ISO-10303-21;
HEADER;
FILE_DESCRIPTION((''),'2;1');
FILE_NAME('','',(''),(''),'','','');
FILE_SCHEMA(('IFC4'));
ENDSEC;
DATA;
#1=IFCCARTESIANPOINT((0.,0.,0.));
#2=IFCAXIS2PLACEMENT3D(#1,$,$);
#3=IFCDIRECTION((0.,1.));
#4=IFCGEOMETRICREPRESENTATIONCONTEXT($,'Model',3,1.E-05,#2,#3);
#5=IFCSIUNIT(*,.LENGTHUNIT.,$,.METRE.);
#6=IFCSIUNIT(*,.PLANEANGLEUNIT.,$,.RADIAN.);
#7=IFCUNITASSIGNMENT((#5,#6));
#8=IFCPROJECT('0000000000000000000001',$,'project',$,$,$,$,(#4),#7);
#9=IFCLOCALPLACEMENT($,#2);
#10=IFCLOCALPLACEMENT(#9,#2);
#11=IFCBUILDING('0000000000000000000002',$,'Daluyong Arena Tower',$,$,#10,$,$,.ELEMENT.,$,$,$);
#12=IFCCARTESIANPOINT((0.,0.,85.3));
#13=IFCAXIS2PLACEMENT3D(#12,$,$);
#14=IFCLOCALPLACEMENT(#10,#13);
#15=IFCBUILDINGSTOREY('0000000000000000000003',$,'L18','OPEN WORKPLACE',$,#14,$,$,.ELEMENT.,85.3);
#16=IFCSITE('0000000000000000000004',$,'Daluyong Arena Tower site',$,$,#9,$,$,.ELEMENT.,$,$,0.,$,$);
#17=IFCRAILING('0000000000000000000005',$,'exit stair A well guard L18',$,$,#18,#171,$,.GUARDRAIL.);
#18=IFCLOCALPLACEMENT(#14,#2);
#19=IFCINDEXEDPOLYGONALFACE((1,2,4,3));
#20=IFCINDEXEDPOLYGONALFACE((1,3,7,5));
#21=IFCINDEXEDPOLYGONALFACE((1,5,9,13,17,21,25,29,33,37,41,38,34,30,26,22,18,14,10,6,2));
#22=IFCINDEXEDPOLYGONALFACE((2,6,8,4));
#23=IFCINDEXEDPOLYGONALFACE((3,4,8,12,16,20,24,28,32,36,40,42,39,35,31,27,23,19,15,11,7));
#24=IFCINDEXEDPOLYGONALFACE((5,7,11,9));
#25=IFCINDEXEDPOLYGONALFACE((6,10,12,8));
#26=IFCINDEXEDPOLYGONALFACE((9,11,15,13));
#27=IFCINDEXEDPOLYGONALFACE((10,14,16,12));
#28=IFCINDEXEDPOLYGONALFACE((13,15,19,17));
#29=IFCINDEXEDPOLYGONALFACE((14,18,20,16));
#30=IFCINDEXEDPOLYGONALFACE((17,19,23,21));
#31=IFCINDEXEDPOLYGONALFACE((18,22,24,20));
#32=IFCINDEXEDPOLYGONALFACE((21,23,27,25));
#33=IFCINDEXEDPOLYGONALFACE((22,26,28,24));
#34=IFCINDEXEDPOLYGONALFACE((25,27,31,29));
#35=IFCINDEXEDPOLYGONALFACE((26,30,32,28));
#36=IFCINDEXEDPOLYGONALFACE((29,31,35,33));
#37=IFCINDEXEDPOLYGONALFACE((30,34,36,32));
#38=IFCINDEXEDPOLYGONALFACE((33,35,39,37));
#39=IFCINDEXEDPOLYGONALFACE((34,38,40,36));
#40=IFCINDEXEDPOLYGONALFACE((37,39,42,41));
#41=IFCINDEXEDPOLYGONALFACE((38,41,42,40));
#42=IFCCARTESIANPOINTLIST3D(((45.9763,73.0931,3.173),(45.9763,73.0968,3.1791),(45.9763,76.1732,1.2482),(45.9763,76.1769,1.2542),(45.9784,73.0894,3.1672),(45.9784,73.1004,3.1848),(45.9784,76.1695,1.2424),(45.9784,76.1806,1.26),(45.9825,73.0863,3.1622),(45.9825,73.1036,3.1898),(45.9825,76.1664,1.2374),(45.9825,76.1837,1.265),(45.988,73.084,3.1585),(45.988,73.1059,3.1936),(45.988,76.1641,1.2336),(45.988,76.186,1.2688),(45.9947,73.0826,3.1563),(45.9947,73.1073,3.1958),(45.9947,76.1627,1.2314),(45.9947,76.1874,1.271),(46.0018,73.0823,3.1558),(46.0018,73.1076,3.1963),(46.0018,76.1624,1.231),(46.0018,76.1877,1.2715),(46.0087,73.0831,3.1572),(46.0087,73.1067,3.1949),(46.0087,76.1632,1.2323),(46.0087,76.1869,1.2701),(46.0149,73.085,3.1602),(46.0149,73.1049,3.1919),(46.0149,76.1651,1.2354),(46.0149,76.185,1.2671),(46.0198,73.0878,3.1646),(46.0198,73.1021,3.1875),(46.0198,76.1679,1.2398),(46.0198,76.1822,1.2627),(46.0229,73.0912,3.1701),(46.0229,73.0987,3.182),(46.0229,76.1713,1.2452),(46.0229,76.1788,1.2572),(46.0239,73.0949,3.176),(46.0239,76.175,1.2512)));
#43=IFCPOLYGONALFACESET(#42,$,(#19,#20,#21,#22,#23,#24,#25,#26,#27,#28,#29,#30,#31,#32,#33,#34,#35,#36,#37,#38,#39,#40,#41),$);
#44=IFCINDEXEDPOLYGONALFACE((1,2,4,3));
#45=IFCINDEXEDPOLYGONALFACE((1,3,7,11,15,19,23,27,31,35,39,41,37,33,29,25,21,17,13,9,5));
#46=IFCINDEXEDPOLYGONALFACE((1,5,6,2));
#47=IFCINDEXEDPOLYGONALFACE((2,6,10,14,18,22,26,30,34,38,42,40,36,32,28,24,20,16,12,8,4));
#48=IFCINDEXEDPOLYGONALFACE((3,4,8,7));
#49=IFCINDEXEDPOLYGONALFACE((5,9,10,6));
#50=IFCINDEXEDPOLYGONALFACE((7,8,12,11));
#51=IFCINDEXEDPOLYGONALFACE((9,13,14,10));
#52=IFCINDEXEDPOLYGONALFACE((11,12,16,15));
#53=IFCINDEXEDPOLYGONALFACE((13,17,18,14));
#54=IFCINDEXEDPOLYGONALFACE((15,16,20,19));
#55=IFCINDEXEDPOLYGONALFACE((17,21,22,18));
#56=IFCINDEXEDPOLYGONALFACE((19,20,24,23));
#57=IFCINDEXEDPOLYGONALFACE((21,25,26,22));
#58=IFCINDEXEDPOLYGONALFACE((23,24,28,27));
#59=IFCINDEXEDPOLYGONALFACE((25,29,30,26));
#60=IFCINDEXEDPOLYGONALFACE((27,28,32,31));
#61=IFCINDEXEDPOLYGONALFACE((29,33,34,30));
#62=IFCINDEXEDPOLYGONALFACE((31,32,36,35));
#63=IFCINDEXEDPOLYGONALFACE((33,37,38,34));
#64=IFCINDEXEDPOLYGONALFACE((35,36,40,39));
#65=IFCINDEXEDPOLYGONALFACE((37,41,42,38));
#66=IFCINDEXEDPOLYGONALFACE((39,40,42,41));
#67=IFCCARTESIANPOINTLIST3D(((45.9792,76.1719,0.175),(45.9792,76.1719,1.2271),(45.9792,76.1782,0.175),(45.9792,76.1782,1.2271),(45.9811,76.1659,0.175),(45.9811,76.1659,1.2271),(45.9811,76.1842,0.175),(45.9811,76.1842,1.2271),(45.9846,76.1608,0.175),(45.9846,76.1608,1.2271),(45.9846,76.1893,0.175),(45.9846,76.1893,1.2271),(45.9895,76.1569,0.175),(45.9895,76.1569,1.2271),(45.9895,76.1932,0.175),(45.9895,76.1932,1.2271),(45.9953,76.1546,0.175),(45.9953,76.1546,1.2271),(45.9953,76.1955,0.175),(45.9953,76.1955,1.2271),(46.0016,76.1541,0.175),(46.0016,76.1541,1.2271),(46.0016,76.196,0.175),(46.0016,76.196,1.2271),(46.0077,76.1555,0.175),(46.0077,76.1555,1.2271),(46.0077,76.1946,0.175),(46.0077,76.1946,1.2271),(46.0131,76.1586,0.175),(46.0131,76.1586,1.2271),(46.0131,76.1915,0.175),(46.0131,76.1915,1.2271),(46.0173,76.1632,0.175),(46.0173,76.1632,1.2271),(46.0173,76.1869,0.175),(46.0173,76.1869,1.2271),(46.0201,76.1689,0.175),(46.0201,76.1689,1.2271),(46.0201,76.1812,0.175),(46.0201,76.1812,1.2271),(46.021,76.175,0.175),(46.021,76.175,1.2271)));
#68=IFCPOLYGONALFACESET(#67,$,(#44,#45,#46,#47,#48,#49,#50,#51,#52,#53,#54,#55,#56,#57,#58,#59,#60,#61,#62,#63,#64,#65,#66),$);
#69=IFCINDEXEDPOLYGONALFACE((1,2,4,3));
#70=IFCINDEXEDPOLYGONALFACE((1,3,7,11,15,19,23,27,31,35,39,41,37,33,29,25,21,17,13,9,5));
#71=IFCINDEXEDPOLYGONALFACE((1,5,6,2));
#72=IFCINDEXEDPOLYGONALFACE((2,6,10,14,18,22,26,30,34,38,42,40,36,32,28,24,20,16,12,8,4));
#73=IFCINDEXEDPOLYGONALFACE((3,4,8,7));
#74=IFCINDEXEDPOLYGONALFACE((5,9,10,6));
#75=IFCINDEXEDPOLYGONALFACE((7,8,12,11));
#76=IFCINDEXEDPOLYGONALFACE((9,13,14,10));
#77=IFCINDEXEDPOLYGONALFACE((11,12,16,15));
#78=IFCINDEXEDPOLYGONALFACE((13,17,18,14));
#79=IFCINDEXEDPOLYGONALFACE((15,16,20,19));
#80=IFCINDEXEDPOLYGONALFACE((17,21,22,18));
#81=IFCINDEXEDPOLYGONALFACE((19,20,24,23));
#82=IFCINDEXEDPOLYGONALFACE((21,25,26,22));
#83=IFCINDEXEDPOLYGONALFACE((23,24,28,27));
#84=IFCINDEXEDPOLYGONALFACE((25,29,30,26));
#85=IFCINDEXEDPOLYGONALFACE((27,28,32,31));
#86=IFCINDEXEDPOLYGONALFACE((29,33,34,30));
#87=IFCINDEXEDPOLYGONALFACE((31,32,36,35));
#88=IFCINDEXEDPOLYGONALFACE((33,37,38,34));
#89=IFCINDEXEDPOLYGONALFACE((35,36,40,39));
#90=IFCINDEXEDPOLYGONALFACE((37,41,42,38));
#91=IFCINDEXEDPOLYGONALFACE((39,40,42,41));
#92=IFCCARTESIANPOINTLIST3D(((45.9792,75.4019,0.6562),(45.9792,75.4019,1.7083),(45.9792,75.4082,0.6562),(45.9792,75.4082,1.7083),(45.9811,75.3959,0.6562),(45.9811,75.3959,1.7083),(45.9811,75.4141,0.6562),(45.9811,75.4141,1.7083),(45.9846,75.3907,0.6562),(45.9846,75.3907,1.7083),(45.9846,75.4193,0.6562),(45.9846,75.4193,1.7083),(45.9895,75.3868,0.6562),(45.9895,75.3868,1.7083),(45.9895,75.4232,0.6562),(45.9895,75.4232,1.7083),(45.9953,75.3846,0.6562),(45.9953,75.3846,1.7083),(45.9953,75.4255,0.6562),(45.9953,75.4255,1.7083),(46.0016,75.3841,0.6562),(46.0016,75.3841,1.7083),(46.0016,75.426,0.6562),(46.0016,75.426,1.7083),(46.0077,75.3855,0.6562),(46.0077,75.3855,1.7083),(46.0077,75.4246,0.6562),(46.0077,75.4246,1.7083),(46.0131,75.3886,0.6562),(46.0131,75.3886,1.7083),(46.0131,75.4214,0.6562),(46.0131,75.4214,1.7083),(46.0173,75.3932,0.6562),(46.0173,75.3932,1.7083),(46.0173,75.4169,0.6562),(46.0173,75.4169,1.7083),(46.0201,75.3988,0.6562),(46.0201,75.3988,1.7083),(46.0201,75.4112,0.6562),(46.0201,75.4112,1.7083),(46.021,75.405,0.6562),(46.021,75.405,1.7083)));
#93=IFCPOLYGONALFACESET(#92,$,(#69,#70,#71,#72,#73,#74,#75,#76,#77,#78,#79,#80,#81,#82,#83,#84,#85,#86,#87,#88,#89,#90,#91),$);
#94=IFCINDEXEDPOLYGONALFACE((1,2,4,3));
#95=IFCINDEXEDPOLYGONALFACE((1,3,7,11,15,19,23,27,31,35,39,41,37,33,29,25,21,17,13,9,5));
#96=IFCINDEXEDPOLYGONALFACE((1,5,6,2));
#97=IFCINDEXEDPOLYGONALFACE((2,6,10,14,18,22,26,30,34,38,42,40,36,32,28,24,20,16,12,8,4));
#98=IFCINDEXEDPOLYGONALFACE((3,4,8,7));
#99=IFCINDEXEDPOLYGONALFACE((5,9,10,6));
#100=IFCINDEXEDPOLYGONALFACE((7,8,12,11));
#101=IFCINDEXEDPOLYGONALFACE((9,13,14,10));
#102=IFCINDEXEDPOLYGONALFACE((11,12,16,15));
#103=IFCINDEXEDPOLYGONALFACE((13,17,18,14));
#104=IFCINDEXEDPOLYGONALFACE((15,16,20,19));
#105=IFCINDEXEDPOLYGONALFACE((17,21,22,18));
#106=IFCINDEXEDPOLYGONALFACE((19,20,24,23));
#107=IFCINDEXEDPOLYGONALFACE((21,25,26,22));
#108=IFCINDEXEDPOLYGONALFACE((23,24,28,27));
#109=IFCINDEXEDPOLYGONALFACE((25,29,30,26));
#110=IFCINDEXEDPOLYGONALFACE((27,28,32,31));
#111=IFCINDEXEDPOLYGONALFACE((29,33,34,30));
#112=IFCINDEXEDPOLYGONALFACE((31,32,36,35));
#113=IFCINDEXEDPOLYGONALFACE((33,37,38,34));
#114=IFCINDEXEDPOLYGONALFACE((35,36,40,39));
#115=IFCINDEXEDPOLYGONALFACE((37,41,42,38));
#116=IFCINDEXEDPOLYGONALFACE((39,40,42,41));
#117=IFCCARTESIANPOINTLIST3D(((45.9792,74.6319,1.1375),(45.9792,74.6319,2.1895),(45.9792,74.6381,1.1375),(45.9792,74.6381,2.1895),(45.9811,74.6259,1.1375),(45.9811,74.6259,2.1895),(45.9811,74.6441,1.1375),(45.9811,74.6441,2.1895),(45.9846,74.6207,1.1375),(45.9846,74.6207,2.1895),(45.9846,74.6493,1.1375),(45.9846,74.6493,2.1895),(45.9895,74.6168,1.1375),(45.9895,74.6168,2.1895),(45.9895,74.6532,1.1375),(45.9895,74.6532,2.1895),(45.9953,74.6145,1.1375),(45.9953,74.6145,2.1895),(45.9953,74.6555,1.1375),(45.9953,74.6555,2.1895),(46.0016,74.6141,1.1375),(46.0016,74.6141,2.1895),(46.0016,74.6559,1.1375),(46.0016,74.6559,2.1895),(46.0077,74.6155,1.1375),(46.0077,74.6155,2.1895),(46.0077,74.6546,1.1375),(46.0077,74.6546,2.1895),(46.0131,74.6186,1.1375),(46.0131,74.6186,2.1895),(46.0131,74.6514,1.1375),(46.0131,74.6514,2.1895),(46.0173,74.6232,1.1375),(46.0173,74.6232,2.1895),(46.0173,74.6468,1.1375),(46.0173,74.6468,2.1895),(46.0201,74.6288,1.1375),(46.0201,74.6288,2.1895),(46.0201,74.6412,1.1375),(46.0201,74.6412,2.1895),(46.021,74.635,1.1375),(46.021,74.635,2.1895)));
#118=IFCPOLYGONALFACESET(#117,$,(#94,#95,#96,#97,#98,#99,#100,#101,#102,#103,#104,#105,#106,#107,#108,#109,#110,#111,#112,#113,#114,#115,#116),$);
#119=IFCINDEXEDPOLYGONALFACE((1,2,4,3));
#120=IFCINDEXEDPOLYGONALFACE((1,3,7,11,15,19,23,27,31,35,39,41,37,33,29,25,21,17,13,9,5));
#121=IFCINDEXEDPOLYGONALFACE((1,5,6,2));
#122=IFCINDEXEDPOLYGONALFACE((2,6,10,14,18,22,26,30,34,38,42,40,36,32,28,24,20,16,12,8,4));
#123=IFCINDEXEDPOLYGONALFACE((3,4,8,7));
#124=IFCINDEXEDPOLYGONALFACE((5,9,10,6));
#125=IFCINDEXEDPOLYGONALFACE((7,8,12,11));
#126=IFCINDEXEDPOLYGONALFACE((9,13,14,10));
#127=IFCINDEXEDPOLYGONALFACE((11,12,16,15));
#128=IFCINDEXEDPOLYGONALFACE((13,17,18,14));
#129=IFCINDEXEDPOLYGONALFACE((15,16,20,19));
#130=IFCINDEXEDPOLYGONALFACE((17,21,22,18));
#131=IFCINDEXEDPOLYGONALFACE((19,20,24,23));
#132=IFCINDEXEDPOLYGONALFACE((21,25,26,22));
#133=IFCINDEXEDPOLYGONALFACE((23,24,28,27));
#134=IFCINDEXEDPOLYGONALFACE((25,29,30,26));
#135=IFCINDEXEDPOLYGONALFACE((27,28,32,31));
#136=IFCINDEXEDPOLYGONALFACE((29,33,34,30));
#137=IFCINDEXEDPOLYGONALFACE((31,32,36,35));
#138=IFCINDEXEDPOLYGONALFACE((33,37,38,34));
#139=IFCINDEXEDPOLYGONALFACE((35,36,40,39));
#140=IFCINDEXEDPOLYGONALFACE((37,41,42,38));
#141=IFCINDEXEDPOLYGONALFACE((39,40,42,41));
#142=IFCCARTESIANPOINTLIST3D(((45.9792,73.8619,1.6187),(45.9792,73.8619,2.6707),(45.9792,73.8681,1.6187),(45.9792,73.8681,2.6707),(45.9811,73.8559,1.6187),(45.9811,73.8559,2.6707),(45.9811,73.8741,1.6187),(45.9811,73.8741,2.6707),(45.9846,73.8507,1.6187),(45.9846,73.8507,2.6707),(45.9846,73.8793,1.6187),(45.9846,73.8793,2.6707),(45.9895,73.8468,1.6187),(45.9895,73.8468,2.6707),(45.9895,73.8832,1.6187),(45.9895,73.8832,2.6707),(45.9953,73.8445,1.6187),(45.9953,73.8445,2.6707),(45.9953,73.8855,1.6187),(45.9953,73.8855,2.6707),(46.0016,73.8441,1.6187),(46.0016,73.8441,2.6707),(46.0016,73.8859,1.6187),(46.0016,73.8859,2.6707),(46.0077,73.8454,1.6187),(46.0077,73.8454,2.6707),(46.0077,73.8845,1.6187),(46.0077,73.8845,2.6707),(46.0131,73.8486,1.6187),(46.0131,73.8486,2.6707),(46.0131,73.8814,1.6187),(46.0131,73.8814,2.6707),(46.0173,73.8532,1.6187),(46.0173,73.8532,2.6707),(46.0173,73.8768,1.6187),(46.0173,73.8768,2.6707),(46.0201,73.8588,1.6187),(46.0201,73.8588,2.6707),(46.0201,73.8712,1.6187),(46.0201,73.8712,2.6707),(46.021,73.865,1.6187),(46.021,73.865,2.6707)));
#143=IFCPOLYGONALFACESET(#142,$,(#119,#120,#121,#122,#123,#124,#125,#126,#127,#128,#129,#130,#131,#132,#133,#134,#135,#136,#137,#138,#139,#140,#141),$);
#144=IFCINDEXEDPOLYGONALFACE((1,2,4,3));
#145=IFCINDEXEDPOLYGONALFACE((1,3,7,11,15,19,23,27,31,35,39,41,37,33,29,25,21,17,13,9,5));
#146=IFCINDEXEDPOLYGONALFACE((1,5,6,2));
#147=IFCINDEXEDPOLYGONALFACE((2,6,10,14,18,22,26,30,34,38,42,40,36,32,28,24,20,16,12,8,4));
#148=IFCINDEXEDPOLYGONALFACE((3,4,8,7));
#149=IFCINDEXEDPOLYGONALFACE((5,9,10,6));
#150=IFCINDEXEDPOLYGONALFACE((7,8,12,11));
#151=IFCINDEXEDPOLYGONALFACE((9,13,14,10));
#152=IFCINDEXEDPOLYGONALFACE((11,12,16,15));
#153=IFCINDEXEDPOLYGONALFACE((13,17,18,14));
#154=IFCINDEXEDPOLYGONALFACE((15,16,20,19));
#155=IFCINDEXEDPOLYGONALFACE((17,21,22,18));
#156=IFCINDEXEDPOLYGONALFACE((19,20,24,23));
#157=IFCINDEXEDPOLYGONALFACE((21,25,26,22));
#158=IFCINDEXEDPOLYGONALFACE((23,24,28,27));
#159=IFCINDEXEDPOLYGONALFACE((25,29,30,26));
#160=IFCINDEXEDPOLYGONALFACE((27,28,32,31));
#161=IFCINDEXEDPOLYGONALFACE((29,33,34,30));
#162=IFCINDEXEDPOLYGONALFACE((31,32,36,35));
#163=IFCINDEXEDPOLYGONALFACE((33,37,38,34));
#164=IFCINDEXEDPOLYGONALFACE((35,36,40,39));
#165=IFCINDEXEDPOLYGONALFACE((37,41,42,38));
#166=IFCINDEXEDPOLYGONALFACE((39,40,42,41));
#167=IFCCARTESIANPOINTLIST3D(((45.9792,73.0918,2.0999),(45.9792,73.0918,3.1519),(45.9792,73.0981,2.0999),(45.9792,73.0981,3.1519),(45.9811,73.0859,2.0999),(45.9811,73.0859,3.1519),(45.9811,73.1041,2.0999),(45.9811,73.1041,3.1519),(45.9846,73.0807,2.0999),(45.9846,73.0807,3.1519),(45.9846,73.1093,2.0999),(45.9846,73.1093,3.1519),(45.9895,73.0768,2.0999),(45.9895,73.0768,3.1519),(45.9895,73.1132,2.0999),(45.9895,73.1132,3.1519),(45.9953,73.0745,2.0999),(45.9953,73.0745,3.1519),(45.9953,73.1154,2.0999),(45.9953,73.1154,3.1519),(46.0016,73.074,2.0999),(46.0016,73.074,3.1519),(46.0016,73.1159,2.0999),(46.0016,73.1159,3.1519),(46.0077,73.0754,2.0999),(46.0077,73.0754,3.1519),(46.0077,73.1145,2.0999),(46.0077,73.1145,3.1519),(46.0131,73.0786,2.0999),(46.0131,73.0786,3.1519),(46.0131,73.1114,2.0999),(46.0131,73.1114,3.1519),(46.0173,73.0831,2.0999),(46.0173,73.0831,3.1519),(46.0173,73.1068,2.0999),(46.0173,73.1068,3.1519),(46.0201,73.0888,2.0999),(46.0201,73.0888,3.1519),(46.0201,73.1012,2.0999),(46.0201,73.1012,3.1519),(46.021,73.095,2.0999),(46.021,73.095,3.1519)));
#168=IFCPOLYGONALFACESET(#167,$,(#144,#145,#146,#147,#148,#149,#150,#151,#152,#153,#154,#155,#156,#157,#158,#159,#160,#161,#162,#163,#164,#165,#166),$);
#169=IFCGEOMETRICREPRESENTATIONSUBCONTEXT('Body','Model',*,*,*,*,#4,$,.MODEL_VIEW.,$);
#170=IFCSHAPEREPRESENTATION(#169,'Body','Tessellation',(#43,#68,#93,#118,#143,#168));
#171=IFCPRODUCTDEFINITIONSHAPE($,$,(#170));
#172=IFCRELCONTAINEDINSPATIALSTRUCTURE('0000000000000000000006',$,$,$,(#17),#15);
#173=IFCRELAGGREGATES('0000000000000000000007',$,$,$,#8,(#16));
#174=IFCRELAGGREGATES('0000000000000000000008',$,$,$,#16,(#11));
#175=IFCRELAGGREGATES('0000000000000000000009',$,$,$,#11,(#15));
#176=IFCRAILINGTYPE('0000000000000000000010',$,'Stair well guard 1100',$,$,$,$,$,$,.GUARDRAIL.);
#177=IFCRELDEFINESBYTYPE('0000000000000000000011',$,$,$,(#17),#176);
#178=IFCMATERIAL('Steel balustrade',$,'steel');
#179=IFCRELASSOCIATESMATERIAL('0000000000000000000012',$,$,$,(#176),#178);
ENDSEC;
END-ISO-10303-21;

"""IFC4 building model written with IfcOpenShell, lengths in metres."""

from ifc_helpers import new_model, si_unit, direction, frame, origin, origin_2d, place, context, subcontext, project, spatial, circle, extrude, material, type_object, element, save


model = new_model("IFC4")

# Units and contexts
model_context = context("Model", 3, precision=1e-05, world=origin(), true_north=direction((0.0, 1.0)))
body_context = subcontext(model_context, "Body", "Model", "MODEL_VIEW")
ifc_project = project(units=[si_unit("LENGTHUNIT", "METRE"), si_unit("PLANEANGLEUNIT", "RADIAN")], contexts=[model_context])

# Site, building, storey
site_placement = place(None, origin())
site = spatial("IfcSite", under=ifc_project, at=site_placement, Name="Daluyong Arena Tower site", CompositionType="ELEMENT", RefElevation=0.0)
building_placement = place(site_placement, origin())
building = spatial("IfcBuilding", under=site, at=building_placement, Name="Daluyong Arena Tower", CompositionType="ELEMENT")
storey_placement = place(building_placement, frame((0.0, 0.0, 85.3)))
storey = spatial("IfcBuildingStorey", under=building, at=storey_placement, Name="L18", Description="OPEN WORKPLACE", CompositionType="ELEMENT", Elevation=85.3)

# Railing
ifc_material_1 = material(Name="Steel balustrade", Category="steel")
railing_type_1 = type_object("IfcRailingType", Name="Stair well guard 1100", PredefinedType="GUARDRAIL", material=ifc_material_1)
railing_1_placement = place(storey_placement, frame((46.0, 76.175, 0.175)))
element("IfcRailing", 1, at=railing_1_placement, inside=storey, type_object=railing_type_1, Name="exit stair A well guard L18", PredefinedType="GUARDRAIL", context=body_context, shape_type="SweptSolid", body=[
    extrude(circle(Radius=0.0239, at=origin_2d()), frame((0.0, 0.0, 1.0762), z_axis=(0.0, -0.848029, 0.529951), x_axis=(1.0, 0.0, 0.0)), (0.0, 0.0, 1.0), 3.6321),
    extrude(circle(Radius=0.021, at=origin_2d()), origin(), (0.0, 0.0, 1.0), 1.052),
    extrude(circle(Radius=0.021, at=origin_2d()), frame((0.0, -0.77, 0.4812)), (0.0, 0.0, 1.0), 1.052),
    extrude(circle(Radius=0.021, at=origin_2d()), frame((0.0, -1.54, 0.9624)), (0.0, 0.0, 1.0), 1.052),
    extrude(circle(Radius=0.021, at=origin_2d()), frame((0.0, -2.3101, 1.4436)), (0.0, 0.0, 1.0), 1.052),
    extrude(circle(Radius=0.021, at=origin_2d()), frame((0.0, -3.0801, 1.9248)), (0.0, 0.0, 1.0), 1.052),
])

save(model, "model.ifc")
